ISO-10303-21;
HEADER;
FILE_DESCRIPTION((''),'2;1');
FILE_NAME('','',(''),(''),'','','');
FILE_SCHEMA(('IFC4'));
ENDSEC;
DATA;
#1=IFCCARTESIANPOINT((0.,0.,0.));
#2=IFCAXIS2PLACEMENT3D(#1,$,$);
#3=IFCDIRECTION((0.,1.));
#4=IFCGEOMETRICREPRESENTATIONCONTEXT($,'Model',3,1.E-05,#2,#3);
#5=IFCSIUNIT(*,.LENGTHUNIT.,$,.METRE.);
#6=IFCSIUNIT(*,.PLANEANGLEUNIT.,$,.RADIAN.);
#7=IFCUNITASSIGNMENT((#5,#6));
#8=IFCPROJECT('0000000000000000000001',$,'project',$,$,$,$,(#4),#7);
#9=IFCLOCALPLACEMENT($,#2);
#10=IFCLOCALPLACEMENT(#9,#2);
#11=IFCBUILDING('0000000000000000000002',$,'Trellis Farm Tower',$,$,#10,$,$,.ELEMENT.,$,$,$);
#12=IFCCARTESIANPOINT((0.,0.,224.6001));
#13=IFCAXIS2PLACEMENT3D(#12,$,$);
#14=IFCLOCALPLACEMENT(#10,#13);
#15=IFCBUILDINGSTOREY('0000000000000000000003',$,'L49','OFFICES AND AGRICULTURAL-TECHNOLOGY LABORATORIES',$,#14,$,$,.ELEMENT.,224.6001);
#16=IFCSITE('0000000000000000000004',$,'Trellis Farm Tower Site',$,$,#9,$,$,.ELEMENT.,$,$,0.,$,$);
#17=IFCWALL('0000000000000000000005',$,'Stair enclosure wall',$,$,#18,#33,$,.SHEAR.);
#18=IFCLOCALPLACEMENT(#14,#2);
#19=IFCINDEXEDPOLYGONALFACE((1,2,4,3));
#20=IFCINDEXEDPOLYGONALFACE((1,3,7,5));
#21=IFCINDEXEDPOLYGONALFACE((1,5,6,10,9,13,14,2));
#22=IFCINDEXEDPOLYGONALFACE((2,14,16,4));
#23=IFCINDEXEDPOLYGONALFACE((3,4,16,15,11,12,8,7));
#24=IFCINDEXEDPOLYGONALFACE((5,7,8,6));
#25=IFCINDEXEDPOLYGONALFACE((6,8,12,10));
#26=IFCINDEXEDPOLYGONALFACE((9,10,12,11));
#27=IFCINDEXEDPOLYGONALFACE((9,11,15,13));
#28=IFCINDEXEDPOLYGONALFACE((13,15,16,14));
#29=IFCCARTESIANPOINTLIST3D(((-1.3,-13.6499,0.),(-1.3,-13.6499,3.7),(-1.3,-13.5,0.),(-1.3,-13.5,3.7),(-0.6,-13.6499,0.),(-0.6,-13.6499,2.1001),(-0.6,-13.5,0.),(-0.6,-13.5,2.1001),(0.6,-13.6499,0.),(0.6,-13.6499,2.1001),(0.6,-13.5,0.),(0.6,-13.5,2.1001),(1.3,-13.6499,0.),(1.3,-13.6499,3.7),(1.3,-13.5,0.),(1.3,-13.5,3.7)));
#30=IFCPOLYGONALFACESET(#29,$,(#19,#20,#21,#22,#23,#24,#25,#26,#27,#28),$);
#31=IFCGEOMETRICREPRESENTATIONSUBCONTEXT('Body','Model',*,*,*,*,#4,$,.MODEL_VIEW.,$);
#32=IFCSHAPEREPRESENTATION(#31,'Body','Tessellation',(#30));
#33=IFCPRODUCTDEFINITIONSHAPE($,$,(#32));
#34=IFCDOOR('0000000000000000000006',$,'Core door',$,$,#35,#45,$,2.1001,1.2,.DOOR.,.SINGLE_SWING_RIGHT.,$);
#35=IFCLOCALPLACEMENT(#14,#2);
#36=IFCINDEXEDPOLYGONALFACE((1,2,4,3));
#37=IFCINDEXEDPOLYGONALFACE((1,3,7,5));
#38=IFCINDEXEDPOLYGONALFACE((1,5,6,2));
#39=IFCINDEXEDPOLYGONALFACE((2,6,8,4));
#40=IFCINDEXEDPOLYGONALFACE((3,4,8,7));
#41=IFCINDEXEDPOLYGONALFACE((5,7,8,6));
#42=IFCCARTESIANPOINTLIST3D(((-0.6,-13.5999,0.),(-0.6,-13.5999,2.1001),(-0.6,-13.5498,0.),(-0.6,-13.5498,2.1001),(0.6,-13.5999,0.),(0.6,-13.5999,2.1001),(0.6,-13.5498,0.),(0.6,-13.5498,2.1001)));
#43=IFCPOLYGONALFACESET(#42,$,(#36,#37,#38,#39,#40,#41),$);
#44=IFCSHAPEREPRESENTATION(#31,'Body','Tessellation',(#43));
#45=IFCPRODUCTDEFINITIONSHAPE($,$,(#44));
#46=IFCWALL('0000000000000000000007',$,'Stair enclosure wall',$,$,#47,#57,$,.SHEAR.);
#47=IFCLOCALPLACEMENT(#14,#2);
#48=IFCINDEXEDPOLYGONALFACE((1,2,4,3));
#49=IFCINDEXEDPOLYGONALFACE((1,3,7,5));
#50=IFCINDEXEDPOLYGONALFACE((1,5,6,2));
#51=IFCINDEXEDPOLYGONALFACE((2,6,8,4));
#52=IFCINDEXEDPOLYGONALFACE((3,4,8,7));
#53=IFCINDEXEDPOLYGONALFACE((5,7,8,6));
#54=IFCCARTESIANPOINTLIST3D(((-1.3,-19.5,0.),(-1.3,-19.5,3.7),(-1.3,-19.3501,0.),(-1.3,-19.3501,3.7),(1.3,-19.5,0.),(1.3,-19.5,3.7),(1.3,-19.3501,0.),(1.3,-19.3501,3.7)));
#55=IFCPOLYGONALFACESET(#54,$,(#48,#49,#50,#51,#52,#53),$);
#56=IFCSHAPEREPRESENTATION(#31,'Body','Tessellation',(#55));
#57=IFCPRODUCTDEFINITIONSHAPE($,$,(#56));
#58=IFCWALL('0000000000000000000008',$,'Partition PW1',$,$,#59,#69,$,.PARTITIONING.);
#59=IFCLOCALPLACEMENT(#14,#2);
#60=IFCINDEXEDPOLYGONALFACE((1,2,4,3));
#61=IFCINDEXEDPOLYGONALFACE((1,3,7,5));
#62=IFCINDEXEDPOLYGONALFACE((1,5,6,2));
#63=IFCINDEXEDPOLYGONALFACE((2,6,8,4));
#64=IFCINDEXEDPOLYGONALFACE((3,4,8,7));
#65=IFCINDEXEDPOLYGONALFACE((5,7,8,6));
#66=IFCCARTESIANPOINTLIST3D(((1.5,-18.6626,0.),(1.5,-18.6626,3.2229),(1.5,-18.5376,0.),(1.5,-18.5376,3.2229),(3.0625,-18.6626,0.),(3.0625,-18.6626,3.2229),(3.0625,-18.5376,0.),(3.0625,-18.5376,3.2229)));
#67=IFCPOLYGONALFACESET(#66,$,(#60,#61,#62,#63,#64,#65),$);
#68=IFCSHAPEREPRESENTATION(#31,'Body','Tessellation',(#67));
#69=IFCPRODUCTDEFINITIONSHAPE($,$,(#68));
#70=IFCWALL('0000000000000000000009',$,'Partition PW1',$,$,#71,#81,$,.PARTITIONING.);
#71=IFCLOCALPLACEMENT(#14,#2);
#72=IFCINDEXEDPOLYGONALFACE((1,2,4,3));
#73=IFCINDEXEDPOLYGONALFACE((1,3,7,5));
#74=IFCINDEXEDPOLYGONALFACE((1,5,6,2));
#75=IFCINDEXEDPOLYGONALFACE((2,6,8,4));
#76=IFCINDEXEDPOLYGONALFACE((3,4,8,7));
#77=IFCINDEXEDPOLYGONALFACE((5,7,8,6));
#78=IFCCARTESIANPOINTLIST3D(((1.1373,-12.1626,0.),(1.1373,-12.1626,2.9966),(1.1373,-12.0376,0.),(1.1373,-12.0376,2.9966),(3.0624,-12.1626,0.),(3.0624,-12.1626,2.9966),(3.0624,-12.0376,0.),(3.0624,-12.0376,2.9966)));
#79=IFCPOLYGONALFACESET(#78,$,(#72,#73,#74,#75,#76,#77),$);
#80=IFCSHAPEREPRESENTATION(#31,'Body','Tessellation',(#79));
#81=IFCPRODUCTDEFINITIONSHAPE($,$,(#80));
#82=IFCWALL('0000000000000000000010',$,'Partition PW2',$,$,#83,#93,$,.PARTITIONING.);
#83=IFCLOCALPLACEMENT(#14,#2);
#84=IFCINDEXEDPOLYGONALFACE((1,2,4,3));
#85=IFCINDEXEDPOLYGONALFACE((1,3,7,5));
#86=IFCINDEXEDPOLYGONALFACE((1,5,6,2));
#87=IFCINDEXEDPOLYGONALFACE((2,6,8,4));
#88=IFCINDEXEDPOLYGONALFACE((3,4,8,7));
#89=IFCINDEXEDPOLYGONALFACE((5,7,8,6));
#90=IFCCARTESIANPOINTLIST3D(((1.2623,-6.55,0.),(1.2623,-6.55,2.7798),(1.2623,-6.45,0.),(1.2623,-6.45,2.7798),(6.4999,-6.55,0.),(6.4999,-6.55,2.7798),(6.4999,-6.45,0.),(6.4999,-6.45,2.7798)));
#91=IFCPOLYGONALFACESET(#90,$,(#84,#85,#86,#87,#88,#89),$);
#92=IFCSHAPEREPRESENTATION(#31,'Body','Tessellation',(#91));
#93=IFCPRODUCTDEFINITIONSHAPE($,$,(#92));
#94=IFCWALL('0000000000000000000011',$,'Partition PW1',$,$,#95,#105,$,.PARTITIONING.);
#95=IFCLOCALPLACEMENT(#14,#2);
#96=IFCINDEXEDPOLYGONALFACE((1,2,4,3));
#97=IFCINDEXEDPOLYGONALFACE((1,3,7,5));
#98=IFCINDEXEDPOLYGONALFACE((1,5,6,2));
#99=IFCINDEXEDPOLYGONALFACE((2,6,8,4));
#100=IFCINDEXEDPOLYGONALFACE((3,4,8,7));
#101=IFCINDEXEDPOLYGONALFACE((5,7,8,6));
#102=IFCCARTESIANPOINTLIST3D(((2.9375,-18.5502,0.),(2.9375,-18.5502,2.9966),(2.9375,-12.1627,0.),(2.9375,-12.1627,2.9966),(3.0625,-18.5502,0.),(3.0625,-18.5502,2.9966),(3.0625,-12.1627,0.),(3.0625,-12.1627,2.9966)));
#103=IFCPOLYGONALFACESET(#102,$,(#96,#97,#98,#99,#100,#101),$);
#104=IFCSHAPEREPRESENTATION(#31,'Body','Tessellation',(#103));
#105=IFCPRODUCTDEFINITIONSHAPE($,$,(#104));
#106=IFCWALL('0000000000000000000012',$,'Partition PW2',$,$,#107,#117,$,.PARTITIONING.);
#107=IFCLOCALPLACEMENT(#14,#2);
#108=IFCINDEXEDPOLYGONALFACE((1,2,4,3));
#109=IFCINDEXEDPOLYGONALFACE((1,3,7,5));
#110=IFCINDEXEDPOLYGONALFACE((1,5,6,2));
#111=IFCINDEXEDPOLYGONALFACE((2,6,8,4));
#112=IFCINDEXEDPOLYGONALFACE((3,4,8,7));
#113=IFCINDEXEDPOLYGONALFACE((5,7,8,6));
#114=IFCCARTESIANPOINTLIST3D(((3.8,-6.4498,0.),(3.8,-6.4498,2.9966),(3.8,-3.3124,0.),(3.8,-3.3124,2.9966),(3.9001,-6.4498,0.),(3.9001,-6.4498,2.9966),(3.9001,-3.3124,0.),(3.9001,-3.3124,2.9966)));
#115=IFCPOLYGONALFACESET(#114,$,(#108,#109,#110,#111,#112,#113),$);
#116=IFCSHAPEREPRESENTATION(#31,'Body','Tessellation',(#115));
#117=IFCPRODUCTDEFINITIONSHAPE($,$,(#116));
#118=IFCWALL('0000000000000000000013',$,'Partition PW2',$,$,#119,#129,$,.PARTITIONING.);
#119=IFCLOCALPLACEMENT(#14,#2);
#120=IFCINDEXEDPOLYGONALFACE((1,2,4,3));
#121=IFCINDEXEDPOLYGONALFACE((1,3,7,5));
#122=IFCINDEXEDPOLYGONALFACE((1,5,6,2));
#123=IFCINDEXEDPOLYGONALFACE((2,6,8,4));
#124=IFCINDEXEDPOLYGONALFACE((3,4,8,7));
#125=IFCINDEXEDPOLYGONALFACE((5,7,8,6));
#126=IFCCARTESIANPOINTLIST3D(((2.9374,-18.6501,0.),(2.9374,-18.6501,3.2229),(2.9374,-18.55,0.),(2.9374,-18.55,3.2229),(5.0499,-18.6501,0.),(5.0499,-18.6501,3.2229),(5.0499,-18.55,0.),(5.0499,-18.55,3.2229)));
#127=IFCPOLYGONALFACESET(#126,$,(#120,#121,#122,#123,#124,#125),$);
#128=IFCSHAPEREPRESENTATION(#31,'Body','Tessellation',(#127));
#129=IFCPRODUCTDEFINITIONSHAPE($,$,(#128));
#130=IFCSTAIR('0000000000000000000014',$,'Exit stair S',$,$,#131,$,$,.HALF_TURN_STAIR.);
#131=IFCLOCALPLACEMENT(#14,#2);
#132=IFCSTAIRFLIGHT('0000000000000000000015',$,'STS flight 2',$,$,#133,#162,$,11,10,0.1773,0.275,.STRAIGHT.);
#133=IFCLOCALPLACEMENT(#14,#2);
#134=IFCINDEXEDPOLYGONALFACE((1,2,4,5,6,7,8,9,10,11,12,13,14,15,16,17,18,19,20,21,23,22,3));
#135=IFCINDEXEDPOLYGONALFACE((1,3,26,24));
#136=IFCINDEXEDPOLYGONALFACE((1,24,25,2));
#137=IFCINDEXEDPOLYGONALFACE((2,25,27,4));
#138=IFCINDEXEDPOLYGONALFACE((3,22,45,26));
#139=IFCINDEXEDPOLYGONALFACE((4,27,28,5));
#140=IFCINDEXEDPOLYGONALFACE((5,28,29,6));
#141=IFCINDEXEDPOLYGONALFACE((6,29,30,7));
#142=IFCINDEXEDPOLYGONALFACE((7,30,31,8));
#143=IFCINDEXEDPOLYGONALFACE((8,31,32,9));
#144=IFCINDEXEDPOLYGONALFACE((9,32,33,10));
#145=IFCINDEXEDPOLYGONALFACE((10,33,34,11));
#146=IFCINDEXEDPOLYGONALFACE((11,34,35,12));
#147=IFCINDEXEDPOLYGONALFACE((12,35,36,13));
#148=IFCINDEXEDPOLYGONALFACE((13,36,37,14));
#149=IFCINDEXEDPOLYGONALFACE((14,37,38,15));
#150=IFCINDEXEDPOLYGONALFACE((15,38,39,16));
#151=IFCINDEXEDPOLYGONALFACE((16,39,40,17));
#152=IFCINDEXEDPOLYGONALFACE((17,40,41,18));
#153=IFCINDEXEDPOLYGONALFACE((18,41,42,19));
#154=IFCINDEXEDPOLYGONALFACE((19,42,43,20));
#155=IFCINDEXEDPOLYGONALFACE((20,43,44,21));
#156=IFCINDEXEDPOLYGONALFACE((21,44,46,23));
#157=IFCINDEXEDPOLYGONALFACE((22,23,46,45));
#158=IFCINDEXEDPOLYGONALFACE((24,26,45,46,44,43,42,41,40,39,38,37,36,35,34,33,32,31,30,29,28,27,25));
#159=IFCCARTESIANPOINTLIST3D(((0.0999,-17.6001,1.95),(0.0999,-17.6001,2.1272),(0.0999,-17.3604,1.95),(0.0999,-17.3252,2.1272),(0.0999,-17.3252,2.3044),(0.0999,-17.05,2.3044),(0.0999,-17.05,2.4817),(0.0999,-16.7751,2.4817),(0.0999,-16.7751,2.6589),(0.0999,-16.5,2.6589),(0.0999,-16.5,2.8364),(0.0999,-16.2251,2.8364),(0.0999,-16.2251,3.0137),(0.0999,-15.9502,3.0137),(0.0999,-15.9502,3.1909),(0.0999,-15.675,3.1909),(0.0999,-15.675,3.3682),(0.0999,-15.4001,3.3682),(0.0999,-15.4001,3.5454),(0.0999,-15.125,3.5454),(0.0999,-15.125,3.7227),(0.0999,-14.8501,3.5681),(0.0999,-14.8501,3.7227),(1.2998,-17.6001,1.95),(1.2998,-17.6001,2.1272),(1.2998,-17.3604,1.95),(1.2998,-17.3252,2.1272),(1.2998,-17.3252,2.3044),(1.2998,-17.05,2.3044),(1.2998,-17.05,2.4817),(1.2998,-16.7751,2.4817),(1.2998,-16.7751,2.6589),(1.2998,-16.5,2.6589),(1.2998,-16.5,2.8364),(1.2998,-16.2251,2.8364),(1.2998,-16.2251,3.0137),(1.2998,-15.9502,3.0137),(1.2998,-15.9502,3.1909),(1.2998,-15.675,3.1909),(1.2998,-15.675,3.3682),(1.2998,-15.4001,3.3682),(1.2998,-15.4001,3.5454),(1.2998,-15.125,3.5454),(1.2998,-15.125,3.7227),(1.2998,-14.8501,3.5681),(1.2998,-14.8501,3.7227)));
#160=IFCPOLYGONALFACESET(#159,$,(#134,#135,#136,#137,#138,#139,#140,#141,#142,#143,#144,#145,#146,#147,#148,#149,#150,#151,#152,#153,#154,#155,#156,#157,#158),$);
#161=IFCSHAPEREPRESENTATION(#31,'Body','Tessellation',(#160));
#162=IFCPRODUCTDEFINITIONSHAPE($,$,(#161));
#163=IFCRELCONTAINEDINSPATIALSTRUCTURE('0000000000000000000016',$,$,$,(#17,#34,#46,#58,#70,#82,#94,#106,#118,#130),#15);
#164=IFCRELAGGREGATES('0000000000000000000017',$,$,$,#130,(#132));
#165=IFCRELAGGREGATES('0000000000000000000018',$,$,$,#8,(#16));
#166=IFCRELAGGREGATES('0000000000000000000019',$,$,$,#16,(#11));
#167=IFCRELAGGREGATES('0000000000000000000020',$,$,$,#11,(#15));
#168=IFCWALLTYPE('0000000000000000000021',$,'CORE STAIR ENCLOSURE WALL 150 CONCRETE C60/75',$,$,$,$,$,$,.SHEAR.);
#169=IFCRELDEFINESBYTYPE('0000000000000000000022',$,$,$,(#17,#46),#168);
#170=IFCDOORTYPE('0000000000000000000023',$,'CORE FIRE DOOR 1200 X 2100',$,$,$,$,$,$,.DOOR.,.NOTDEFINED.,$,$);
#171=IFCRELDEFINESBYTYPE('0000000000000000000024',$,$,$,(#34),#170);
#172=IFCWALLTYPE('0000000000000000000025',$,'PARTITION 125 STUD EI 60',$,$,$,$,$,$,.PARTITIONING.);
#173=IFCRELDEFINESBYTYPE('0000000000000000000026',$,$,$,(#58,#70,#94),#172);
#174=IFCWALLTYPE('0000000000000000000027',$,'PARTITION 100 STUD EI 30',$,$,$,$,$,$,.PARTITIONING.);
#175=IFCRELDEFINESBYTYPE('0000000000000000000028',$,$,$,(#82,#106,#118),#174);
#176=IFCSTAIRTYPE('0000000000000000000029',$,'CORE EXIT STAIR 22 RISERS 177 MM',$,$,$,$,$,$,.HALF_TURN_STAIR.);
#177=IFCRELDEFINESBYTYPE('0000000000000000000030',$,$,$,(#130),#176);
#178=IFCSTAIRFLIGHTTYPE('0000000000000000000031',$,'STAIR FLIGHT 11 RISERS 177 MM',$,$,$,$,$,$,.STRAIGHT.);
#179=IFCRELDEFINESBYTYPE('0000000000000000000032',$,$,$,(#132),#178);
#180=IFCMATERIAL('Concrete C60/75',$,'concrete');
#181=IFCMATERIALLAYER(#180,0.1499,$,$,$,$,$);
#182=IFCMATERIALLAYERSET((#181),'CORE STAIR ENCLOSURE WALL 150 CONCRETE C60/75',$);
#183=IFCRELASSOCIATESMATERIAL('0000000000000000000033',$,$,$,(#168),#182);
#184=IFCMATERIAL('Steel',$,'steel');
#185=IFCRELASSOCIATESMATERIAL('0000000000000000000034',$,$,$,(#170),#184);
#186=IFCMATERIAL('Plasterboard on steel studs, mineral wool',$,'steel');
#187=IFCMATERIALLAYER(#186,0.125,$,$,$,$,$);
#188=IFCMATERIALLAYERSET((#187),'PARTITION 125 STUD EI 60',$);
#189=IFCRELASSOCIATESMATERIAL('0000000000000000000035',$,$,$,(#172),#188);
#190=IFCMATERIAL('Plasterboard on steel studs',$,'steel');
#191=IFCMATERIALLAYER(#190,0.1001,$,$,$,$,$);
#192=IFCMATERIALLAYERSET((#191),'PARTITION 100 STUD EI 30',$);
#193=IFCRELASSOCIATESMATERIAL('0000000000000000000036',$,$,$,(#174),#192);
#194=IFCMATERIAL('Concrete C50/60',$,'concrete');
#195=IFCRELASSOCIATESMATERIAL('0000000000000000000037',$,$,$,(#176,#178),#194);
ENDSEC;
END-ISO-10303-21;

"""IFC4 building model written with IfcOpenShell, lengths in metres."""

from ifc_helpers import new_model, si_unit, direction, frame, frame_2d, origin, place, context, subcontext, project, spatial, polyline, rectangle, outline, extrude, source, transform, mapped, material, layer, layer_set, type_object, element, fill, aggregate, save


model = new_model("IFC4")

# Units and contexts
model_context = context("Model", 3, precision=1e-05, world=origin(), true_north=direction((0.0, 1.0)))
body_context = subcontext(model_context, "Body", "Model", "MODEL_VIEW")
ifc_project = project(units=[si_unit("LENGTHUNIT", "METRE"), si_unit("PLANEANGLEUNIT", "RADIAN")], contexts=[model_context])

# Site, building, storey
site_placement = place(None, origin())
site = spatial("IfcSite", under=ifc_project, at=site_placement, Name="Trellis Farm Tower Site", CompositionType="ELEMENT", RefElevation=0.0)
building_placement = place(site_placement, origin())
building = spatial("IfcBuilding", under=site, at=building_placement, Name="Trellis Farm Tower", CompositionType="ELEMENT")
storey_placement = place(building_placement, frame((0.0, 0.0, 224.6001)))
storey = spatial("IfcBuildingStorey", under=building, at=storey_placement, Name="L49", Description="OFFICES AND AGRICULTURAL-TECHNOLOGY LABORATORIES", CompositionType="ELEMENT", Elevation=224.6001)

# Shared definitions
ifc_material_1 = material(Name="Concrete C60/75", Category="concrete")

# Shared definitions
placement = place(storey_placement, origin())

# Wall, opening, door
ifc_layer_1 = layer(ifc_material_1, 0.1499)
ifc_layer_set_1 = layer_set([ifc_layer_1], Name="CORE STAIR ENCLOSURE WALL 150 CONCRETE C60/75")
wall_type_1 = type_object("IfcWallType", Name="CORE STAIR ENCLOSURE WALL 150 CONCRETE C60/75", PredefinedType="SHEAR", material=ifc_layer_set_1)
shared_shape_1 = source(origin(), body_context, "Body", "SweptSolid", [
    extrude(rectangle(XDim=2.6001, YDim=0.1499, at=frame_2d((1.3, 0.0))), origin(), (0.0, 0.0, 1.0), 3.7),
])
wall_1_placement = place(storey_placement, frame((1.3, -13.575, 0.0), z_axis=(0.0, 0.0, 1.0), x_axis=(-1.0, 0.0, 0.0)))
wall_1 = element("IfcWall", 1, at=wall_1_placement, inside=storey, type_object=wall_type_1, Name="Stair enclosure wall", PredefinedType="SHEAR", context=body_context, shape_type="MappedRepresentation", body=[
    mapped(shared_shape_1, transform((0.0, 0.0, 0.0))),
])
shared_shape_2 = source(origin(), body_context, "Body", "SweptSolid", [
    extrude(rectangle(XDim=1.2, YDim=2.1001, at=frame_2d((0.6001, 1.05))), frame((0.0, 0.085, 0.0), z_axis=(0.0, -1.0, 0.0), x_axis=(1.0, 0.0, 0.0)), (0.0, 0.0, 1.0), 0.1699),
])
opening_placement = place(wall_1_placement, frame((0.7, 0.0, 0.0)))
opening = element("IfcOpeningElement", 2, at=opening_placement, cuts=wall_1, PredefinedType="OPENING", context=body_context, shape_type="MappedRepresentation", body=[
    mapped(shared_shape_2, transform((0.0, 0.0, 0.0))),
])
ifc_material_2 = material(Name="Steel", Category="steel")
door_type = type_object("IfcDoorType", Name="CORE FIRE DOOR 1200 X 2100", OperationType="NOTDEFINED", PredefinedType="DOOR", material=ifc_material_2)
shared_shape_3 = source(origin(), body_context, "Body", "SweptSolid", [
    extrude(rectangle(XDim=1.2, YDim=2.1001, at=frame_2d((0.6001, 1.05))), frame((0.0, 0.0249, 0.0), z_axis=(0.0, -1.0, 0.0), x_axis=(1.0, 0.0, 0.0)), (0.0, 0.0, 1.0), 0.05),
])
door_placement = place(opening_placement, origin())
door = element("IfcDoor", 3, at=door_placement, inside=storey, type_object=door_type, Name="Core door", OperationType="SINGLE_SWING_RIGHT", OverallHeight=2.1001, OverallWidth=1.2, PredefinedType="DOOR", context=body_context, shape_type="MappedRepresentation", body=[
    mapped(shared_shape_3, transform((0.0, 0.0, 0.0))),
])
fill(opening, door)

# Walls
wall_2_placement = place(storey_placement, frame((1.3, -19.425, 0.0), z_axis=(0.0, 0.0, 1.0), x_axis=(-1.0, 0.0, 0.0)))
element("IfcWall", 4, at=wall_2_placement, inside=storey, type_object=wall_type_1, Name="Stair enclosure wall", PredefinedType="SHEAR", context=body_context, shape_type="MappedRepresentation", body=[
    mapped(shared_shape_1, transform((0.0, 0.0, 0.0))),
])
ifc_material_3 = material(Name="Plasterboard on steel studs, mineral wool", Category="steel")
ifc_layer_2 = layer(ifc_material_3, 0.125)
ifc_layer_set_2 = layer_set([ifc_layer_2], Name="PARTITION 125 STUD EI 60")
wall_type_2 = type_object("IfcWallType", Name="PARTITION 125 STUD EI 60", PredefinedType="PARTITIONING", material=ifc_layer_set_2)
shared_shape_4 = source(origin(), body_context, "Body", "SweptSolid", [
    extrude(rectangle(XDim=1.5625, YDim=0.125, at=frame_2d((0.7812, 0.0))), origin(), (0.0, 0.0, 1.0), 3.2229),
])
wall_3_placement = place(storey_placement, frame((3.0625, -18.6001, 0.0), z_axis=(0.0, 0.0, 1.0), x_axis=(-1.0, 0.0, 0.0)))
element("IfcWall", 5, at=wall_3_placement, inside=storey, type_object=wall_type_2, Name="Partition PW1", PredefinedType="PARTITIONING", context=body_context, shape_type="MappedRepresentation", body=[
    mapped(shared_shape_4, transform((0.0, 0.0, 0.0))),
])
shared_shape_5 = source(origin(), body_context, "Body", "SweptSolid", [
    extrude(rectangle(XDim=1.925, YDim=0.125, at=frame_2d((0.9624, 0.0))), origin(), (0.0, 0.0, 1.0), 2.9966),
])
wall_4_placement = place(storey_placement, frame((1.1375, -12.1001, 0.0), z_axis=(0.0, 0.0, 1.0), x_axis=(1.0, 0.0, 0.0)))
element("IfcWall", 6, at=wall_4_placement, inside=storey, type_object=wall_type_2, Name="Partition PW1", PredefinedType="PARTITIONING", context=body_context, shape_type="MappedRepresentation", body=[
    mapped(shared_shape_5, transform((0.0, 0.0, 0.0))),
])
ifc_material_4 = material(Name="Plasterboard on steel studs", Category="steel")
ifc_layer_3 = layer(ifc_material_4, 0.1001)
ifc_layer_set_3 = layer_set([ifc_layer_3], Name="PARTITION 100 STUD EI 30")
wall_type_3 = type_object("IfcWallType", Name="PARTITION 100 STUD EI 30", PredefinedType="PARTITIONING", material=ifc_layer_set_3)
shared_shape_6 = source(origin(), body_context, "Body", "SweptSolid", [
    extrude(rectangle(XDim=5.2375, YDim=0.1001, at=frame_2d((2.6187, 0.0))), origin(), (0.0, 0.0, 1.0), 2.7798),
])
wall_5_placement = place(storey_placement, frame((1.2625, -6.5, 0.0), z_axis=(0.0, 0.0, 1.0), x_axis=(1.0, 0.0, 0.0)))
element("IfcWall", 7, at=wall_5_placement, inside=storey, type_object=wall_type_3, Name="Partition PW2", PredefinedType="PARTITIONING", context=body_context, shape_type="MappedRepresentation", body=[
    mapped(shared_shape_6, transform((0.0, 0.0, 0.0))),
])
shared_shape_7 = source(origin(), body_context, "Body", "SweptSolid", [
    extrude(rectangle(XDim=6.3875, YDim=0.125, at=frame_2d((3.1938, 0.0))), origin(), (0.0, 0.0, 1.0), 2.9966),
])
wall_6_placement = place(storey_placement, frame((3.0, -12.1626, 0.0), z_axis=(0.0, 0.0, 1.0), x_axis=(0.0, -1.0, 0.0)))
element("IfcWall", 8, at=wall_6_placement, inside=storey, type_object=wall_type_2, Name="Partition PW1", PredefinedType="PARTITIONING", context=body_context, shape_type="MappedRepresentation", body=[
    mapped(shared_shape_7, transform((0.0, 0.0, 0.0))),
])
shared_shape_8 = source(origin(), body_context, "Body", "SweptSolid", [
    extrude(rectangle(XDim=3.1375, YDim=0.1001, at=frame_2d((1.5688, 0.0))), origin(), (0.0, 0.0, 1.0), 2.9966),
])
wall_7_placement = place(storey_placement, frame((3.8501, -6.45, 0.0), z_axis=(0.0, 0.0, 1.0), x_axis=(0.0, 1.0, 0.0)))
element("IfcWall", 9, at=wall_7_placement, inside=storey, type_object=wall_type_3, Name="Partition PW2", PredefinedType="PARTITIONING", context=body_context, shape_type="MappedRepresentation", body=[
    mapped(shared_shape_8, transform((0.0, 0.0, 0.0))),
])
shared_shape_9 = source(origin(), body_context, "Body", "SweptSolid", [
    extrude(rectangle(XDim=2.1125, YDim=0.1001, at=frame_2d((1.0562, 0.0))), origin(), (0.0, 0.0, 1.0), 3.2229),
])
wall_8_placement = place(storey_placement, frame((2.9375, -18.6001, 0.0), z_axis=(0.0, 0.0, 1.0), x_axis=(1.0, 0.0, 0.0)))
element("IfcWall", 10, at=wall_8_placement, inside=storey, type_object=wall_type_3, Name="Partition PW2", PredefinedType="PARTITIONING", context=body_context, shape_type="MappedRepresentation", body=[
    mapped(shared_shape_9, transform((0.0, 0.0, 0.0))),
])

# Stair, stair flight
ifc_material_5 = material(Name="Concrete C50/60", Category="concrete")
stair_type = type_object("IfcStairType", Name="CORE EXIT STAIR 22 RISERS 177 MM", PredefinedType="HALF_TURN_STAIR", material=ifc_material_5)
stair = element("IfcStair", 11, at=placement, inside=storey, type_object=stair_type, Name="Exit stair S", PredefinedType="HALF_TURN_STAIR")
stair_flight_type = type_object("IfcStairFlightType", Name="STAIR FLIGHT 11 RISERS 177 MM", PredefinedType="STRAIGHT", material=ifc_material_5)
shared_shape_10 = source(origin(), body_context, "Body", "SweptSolid", [
    extrude(outline(polyline([(0.0, 0.0), (0.0, 0.1772), (0.2749, 0.1772), (0.2749, 0.3545), (0.55, 0.3545), (0.55, 0.5317), (0.825, 0.5317), (0.825, 0.709), (1.1001, 0.709), (1.1001, 0.8865), (1.375, 0.8865), (1.375, 1.0637), (1.6499, 1.0637), (1.6499, 1.241), (1.925, 1.241), (1.925, 1.4182), (2.2, 1.4182), (2.2, 1.5955), (2.4751, 1.5955), (2.4751, 1.7727), (2.75, 1.7727), (2.75, 1.95), (2.75, 1.6182), (0.2397, 0.0), (0.0, 0.0)])), frame((0.0, 0.6001, 0.0), z_axis=(0.0, -1.0, 0.0), x_axis=(1.0, 0.0, 0.0)), (0.0, 0.0, 1.0), 1.2),
])
stair_flight_placement = place(storey_placement, frame((0.7, -17.6001, 1.95), z_axis=(0.0, 0.0, 1.0), x_axis=(0.0, 1.0, 0.0)))
stair_flight = element("IfcStairFlight", 12, at=stair_flight_placement, type_object=stair_flight_type, Name="STS flight 2", NumberOfRisers=11, NumberOfTreads=10, PredefinedType="STRAIGHT", RiserHeight=0.1773, TreadLength=0.275, context=body_context, shape_type="MappedRepresentation", body=[
    mapped(shared_shape_10, transform((0.0, 0.0, 0.0))),
])
aggregate(stair, [stair_flight])

save(model, "model.ifc")
